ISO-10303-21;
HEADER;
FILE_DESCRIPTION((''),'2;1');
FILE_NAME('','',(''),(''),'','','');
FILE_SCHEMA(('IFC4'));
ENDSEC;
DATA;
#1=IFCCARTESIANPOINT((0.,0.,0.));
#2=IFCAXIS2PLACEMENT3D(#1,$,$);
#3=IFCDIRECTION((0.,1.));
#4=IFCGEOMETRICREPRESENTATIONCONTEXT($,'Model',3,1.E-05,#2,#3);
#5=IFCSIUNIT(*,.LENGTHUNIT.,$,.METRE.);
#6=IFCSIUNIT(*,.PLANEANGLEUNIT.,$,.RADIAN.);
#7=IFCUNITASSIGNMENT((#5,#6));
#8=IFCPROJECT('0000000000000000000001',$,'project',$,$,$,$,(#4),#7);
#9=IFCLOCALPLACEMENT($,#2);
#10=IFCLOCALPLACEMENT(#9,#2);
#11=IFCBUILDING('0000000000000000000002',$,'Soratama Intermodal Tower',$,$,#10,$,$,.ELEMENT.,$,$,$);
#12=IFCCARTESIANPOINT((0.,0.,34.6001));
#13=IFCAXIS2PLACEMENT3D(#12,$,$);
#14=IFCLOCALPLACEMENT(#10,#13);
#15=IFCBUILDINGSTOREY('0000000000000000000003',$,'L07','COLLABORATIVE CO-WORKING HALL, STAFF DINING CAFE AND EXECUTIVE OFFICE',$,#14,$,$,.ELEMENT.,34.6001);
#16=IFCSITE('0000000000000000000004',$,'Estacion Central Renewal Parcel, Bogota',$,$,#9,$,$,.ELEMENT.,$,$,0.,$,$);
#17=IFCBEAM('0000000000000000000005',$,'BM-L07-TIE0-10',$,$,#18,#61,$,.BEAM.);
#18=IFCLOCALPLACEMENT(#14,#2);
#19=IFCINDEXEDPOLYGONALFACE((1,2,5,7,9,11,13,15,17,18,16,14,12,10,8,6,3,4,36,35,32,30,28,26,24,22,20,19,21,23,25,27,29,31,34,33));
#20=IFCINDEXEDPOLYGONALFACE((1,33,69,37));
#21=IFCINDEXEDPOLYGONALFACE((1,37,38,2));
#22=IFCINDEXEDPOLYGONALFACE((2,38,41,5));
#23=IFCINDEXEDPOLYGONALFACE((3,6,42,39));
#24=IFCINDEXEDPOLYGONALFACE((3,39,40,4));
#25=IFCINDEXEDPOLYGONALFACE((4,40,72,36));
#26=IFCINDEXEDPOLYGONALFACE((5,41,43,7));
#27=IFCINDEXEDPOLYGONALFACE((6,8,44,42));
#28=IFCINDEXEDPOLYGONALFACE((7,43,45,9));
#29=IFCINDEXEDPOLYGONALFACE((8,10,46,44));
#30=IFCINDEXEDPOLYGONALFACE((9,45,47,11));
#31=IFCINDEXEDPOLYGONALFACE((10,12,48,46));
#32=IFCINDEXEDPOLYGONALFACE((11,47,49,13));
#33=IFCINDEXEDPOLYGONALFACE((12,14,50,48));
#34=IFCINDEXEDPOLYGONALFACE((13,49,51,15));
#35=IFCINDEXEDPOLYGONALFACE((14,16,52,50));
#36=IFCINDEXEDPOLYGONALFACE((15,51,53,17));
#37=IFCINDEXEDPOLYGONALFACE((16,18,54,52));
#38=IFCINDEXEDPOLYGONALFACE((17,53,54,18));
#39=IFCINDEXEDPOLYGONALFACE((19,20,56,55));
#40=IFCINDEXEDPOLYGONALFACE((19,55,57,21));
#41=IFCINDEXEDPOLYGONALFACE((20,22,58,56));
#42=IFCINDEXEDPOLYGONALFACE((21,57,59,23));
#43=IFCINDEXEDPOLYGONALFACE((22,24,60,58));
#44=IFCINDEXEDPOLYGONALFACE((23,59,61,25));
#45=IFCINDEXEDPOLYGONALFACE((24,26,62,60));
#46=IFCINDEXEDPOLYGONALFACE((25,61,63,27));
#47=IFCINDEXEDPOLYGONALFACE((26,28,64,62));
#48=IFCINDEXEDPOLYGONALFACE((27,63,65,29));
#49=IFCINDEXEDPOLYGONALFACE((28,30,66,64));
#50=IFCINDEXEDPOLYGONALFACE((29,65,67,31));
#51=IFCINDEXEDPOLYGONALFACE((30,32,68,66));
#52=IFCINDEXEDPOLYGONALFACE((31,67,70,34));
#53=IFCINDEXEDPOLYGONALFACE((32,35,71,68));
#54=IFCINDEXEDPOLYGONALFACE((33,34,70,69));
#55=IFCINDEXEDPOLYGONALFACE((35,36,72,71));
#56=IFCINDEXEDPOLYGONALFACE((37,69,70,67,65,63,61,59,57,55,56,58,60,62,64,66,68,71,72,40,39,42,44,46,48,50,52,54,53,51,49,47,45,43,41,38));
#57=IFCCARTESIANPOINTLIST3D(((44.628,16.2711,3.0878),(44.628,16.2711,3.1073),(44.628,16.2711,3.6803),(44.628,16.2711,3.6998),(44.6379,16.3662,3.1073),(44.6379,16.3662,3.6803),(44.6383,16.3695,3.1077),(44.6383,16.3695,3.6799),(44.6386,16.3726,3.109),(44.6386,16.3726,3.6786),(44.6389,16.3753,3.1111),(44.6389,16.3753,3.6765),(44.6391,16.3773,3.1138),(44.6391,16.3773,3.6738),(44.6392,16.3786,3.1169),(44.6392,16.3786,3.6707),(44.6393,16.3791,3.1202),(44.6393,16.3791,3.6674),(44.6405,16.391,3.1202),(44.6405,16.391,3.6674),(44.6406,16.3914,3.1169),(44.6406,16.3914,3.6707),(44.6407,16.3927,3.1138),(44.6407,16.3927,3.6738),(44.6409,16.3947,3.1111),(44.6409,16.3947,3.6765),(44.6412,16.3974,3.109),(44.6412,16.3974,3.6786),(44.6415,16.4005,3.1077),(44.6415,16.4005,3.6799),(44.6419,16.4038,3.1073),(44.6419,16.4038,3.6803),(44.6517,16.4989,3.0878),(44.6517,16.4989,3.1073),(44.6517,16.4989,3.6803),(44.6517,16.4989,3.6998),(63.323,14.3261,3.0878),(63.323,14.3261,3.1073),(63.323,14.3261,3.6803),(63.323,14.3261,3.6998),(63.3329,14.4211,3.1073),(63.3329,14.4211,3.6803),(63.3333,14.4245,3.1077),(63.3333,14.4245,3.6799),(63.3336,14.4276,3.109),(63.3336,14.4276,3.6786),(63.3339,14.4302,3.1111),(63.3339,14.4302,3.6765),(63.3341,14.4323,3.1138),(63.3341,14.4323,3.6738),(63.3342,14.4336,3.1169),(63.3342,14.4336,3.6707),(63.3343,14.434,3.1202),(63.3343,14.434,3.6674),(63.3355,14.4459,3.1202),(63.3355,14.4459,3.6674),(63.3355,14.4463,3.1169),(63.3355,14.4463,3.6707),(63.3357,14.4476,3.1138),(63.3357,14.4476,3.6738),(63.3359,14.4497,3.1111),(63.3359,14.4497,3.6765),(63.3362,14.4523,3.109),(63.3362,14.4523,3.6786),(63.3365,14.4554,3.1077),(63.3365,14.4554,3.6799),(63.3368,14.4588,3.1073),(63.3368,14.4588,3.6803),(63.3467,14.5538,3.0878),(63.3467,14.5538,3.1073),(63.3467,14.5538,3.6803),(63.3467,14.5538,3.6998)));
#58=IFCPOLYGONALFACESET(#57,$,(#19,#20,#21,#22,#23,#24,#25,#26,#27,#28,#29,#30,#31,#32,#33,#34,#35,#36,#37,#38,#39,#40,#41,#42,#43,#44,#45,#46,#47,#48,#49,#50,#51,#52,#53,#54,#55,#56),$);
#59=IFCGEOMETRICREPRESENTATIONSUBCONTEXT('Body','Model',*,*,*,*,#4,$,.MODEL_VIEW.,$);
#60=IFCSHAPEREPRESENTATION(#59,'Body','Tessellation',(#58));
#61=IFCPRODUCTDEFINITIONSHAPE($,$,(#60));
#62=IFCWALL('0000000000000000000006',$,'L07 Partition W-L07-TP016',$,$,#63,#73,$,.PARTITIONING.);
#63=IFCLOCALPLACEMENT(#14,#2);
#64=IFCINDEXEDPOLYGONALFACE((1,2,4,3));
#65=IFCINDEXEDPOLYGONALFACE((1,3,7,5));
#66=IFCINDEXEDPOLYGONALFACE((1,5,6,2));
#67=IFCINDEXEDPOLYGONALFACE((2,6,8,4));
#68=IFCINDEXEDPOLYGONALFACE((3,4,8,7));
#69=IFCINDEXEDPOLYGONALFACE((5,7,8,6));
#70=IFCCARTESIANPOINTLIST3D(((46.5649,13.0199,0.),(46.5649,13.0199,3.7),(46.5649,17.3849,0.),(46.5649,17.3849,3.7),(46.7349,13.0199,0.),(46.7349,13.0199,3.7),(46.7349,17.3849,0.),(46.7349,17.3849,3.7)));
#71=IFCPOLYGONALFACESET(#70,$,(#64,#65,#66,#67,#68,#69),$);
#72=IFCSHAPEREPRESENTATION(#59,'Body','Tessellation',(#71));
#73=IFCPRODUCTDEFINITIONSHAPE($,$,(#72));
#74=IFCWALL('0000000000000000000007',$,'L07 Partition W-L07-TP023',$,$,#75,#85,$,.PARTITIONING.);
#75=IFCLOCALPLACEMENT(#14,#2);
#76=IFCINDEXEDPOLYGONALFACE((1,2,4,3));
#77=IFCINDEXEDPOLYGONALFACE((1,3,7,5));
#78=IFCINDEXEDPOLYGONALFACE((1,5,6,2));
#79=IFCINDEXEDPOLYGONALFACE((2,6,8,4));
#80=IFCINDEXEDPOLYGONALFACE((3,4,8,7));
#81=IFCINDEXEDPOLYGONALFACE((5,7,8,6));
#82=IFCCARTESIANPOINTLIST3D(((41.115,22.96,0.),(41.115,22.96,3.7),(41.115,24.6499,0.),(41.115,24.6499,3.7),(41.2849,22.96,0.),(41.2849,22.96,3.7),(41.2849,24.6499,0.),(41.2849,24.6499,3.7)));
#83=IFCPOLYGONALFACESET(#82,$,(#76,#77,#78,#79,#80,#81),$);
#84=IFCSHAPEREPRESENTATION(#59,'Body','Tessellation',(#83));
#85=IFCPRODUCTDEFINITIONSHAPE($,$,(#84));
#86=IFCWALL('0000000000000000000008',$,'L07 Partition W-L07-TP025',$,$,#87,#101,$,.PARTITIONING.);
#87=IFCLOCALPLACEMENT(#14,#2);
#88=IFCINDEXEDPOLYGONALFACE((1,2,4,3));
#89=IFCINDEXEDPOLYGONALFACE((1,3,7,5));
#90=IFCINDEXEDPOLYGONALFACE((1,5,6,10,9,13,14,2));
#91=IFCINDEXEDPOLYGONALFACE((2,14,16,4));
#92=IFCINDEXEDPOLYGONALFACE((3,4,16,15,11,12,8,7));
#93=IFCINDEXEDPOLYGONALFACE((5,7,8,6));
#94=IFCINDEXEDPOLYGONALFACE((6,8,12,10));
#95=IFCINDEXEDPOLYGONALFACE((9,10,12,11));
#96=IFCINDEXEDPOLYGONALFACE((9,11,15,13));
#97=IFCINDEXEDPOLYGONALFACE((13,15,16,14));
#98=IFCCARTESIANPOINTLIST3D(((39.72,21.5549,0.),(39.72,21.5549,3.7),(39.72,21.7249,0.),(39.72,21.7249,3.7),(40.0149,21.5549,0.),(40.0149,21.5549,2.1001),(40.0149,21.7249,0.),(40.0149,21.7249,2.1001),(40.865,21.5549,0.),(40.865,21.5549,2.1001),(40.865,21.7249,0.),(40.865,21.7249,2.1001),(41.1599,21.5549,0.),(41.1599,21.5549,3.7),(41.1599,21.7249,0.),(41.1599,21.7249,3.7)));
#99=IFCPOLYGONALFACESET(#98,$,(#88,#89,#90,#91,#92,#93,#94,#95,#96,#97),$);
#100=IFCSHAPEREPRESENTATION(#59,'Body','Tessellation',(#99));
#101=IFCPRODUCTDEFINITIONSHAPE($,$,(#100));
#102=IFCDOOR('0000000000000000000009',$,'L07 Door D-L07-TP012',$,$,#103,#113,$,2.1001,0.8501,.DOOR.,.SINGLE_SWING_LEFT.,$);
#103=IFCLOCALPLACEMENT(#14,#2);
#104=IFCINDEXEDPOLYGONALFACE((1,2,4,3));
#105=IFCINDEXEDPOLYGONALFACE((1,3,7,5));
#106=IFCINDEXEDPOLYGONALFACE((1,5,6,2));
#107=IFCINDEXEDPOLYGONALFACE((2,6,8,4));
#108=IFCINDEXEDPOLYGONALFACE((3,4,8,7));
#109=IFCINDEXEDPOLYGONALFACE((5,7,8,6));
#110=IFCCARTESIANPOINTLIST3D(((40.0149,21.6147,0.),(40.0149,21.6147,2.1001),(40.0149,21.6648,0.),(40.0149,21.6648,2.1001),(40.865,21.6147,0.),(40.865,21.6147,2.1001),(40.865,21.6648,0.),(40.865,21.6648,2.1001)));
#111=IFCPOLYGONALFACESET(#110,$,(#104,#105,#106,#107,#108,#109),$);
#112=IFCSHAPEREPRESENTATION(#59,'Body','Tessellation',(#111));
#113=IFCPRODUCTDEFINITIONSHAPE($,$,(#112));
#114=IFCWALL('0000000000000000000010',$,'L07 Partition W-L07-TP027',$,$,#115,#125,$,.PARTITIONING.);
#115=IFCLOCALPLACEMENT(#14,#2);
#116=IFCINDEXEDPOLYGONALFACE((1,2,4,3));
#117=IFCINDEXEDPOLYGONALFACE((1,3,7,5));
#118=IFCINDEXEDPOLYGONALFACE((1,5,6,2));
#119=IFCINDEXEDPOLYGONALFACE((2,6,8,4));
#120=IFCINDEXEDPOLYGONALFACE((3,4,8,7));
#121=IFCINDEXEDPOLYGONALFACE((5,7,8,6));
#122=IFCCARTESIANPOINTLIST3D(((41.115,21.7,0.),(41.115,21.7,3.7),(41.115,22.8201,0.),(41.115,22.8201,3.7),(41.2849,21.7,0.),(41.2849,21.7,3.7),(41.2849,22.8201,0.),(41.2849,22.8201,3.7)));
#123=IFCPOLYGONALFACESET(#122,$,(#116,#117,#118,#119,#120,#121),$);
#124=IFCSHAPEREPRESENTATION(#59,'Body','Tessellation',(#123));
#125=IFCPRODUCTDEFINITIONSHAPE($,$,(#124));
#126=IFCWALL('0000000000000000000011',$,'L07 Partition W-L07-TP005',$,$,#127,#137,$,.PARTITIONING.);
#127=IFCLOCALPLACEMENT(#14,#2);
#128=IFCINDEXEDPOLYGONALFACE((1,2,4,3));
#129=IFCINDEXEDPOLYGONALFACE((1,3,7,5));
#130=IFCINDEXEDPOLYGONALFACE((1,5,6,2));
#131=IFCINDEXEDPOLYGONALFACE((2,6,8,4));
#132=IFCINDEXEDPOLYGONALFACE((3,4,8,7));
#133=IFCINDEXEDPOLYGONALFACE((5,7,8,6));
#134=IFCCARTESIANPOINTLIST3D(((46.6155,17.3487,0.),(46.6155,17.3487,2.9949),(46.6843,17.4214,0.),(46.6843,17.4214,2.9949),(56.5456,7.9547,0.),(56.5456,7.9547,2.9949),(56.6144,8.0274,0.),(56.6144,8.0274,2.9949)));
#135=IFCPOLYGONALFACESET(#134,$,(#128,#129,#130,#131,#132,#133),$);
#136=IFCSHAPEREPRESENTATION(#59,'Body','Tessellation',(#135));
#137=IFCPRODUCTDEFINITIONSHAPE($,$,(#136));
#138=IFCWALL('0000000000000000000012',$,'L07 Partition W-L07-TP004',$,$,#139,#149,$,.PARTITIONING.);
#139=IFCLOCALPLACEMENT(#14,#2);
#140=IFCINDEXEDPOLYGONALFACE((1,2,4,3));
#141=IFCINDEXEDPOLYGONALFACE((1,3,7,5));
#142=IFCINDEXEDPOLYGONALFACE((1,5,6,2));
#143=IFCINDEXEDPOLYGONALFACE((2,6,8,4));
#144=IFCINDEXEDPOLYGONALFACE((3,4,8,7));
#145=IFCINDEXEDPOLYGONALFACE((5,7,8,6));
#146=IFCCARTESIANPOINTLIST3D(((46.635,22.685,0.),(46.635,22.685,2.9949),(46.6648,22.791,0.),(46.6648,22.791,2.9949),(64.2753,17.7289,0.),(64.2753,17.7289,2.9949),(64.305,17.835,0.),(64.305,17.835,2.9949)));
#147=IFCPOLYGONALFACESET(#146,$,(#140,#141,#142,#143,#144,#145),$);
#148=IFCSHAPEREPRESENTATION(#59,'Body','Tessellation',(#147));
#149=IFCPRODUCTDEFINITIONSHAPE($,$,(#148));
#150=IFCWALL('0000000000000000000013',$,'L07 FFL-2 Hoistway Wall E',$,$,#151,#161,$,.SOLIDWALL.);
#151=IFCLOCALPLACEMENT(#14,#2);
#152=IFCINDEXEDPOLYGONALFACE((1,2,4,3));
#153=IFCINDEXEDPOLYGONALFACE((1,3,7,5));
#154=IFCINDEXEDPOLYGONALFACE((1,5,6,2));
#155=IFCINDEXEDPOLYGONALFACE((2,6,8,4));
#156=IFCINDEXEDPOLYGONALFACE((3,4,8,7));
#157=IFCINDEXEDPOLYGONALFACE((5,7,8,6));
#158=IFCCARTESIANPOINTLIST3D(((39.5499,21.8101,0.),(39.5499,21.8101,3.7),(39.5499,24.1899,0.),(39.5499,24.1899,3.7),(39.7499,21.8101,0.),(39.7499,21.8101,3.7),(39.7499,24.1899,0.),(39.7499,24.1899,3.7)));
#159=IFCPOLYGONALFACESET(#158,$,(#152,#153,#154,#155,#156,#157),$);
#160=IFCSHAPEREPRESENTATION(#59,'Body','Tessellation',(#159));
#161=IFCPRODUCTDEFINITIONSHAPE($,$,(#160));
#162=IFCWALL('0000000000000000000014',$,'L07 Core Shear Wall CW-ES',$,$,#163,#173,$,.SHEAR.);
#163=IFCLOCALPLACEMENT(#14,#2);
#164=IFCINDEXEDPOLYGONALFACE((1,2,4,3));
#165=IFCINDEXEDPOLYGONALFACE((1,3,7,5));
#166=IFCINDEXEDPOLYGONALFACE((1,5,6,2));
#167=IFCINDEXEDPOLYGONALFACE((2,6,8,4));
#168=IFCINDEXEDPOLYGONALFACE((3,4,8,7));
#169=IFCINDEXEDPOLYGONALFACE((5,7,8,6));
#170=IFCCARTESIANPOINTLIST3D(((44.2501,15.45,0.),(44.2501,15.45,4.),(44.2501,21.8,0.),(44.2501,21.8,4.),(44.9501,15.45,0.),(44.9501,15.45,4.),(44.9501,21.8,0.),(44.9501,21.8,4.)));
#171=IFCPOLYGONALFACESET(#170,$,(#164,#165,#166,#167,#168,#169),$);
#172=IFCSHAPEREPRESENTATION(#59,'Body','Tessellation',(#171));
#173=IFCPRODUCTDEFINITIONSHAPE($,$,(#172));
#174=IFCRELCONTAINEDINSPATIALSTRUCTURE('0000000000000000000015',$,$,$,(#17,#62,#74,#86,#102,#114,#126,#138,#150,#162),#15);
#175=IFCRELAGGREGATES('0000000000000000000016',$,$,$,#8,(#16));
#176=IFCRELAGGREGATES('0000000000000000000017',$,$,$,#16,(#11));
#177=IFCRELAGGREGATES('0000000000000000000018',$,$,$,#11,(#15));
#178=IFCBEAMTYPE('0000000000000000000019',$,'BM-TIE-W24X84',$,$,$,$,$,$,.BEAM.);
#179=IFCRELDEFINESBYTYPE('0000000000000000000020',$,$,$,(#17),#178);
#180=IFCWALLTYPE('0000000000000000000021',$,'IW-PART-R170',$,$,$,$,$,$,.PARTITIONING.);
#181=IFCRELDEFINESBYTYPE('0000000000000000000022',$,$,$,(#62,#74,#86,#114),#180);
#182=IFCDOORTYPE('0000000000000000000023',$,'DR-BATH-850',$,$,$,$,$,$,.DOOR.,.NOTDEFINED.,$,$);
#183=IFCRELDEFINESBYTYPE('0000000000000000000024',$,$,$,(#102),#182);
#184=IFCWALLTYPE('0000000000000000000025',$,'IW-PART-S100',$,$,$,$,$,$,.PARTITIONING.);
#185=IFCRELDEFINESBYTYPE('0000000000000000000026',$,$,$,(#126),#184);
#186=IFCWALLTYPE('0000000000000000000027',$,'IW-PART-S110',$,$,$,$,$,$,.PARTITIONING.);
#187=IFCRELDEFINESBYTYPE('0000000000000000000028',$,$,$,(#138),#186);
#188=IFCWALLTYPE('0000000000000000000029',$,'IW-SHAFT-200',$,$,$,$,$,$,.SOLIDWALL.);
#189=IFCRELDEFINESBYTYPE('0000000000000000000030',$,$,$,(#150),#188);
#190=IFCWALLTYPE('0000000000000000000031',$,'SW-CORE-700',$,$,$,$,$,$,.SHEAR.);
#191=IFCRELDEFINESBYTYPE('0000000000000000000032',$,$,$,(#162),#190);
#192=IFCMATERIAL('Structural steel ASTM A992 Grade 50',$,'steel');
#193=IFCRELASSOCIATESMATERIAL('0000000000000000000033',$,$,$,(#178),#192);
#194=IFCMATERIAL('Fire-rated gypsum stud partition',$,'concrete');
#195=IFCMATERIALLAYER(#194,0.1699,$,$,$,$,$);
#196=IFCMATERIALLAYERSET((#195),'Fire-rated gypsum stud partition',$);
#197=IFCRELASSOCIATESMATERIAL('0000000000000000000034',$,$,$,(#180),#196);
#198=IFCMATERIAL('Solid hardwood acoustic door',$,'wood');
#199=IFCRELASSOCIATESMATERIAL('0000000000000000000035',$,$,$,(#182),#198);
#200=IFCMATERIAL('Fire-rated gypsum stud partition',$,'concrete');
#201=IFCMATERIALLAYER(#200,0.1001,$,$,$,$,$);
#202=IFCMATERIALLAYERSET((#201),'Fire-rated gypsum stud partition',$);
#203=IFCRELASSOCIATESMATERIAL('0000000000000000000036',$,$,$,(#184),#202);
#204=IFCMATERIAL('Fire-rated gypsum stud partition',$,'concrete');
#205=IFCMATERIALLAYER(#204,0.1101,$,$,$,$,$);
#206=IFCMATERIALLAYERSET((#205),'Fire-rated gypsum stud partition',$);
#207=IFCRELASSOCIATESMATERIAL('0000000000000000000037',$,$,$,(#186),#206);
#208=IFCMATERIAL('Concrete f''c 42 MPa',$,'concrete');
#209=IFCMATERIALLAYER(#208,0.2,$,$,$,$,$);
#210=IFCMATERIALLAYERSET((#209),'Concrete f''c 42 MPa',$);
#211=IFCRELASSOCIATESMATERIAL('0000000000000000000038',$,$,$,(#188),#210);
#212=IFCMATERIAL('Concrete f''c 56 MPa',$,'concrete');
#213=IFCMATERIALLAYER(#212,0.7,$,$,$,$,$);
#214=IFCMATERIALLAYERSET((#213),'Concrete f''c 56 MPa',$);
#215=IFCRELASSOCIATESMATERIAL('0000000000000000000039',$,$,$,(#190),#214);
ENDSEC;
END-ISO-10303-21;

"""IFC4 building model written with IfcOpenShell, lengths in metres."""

from ifc_helpers import new_model, si_unit, direction, frame, frame_2d, origin, origin_2d, place, context, subcontext, project, spatial, rectangle, i_section, extrude, material, layer, layer_set, material_profile, profile_set, type_object, element, fill, save


model = new_model("IFC4")

# Units and contexts
model_context = context("Model", 3, precision=1e-05, world=origin(), true_north=direction((0.0, 1.0)))
body_context = subcontext(model_context, "Body", "Model", "MODEL_VIEW")
ifc_project = project(units=[si_unit("LENGTHUNIT", "METRE"), si_unit("PLANEANGLEUNIT", "RADIAN")], contexts=[model_context])

# Site, building, storey
site_placement = place(None, origin())
site = spatial("IfcSite", under=ifc_project, at=site_placement, Name="Estacion Central Renewal Parcel, Bogota", CompositionType="ELEMENT", RefElevation=0.0)
building_placement = place(site_placement, origin())
building = spatial("IfcBuilding", under=site, at=building_placement, Name="Soratama Intermodal Tower", CompositionType="ELEMENT")
storey_placement = place(building_placement, frame((0.0, 0.0, 34.6001)))
storey = spatial("IfcBuildingStorey", under=building, at=storey_placement, Name="L07", Description="COLLABORATIVE CO-WORKING HALL, STAFF DINING CAFE AND EXECUTIVE OFFICE", CompositionType="ELEMENT", Elevation=34.6001)

# Beam
ifc_material_1 = material(Name="Structural steel ASTM A992 Grade 50", Category="steel")
ifc_material_profile_1 = material_profile(ifc_material_1, i_section(OverallWidth=0.229, OverallDepth=0.6121, WebThickness=0.012, FlangeThickness=0.0195, FilletRadius=0.0129, at=origin_2d()), Name="W24X84")
ifc_profile_set_1 = profile_set([ifc_material_profile_1], Name="Structural steel ASTM A992 Grade 50")
beam_type_1 = type_object("IfcBeamType", Name="BM-TIE-W24X84", PredefinedType="BEAM", material=ifc_profile_set_1)
beam_1_placement = place(storey_placement, frame((44.6399, 16.385, 3.3938), z_axis=(0.994631, -0.103483, 0.0), x_axis=(0.103483, 0.994631, 0.0)))
element("IfcBeam", 1, at=beam_1_placement, inside=storey, type_object=beam_type_1, Name="BM-L07-TIE0-10", PredefinedType="BEAM", context=body_context, shape_type="SweptSolid", body=[
    extrude(i_section(OverallWidth=0.229, OverallDepth=0.6121, WebThickness=0.012, FlangeThickness=0.0195, FilletRadius=0.0129, at=origin_2d()), origin(), (0.0, 0.0, 1.0), 18.7959),
])

# Wall
ifc_material_2 = material(Name="Fire-rated gypsum stud partition", Category="concrete")
ifc_layer_1 = layer(ifc_material_2, 0.1699)
ifc_layer_set_1 = layer_set([ifc_layer_1], Name="Fire-rated gypsum stud partition")
wall_type_1 = type_object("IfcWallType", Name="IW-PART-R170", PredefinedType="PARTITIONING", material=ifc_layer_set_1)
wall_1_placement = place(storey_placement, frame((46.6499, 17.385, 0.0), z_axis=(0.0, 0.0, 1.0), x_axis=(0.0, -1.0, 0.0)))
element("IfcWall", 2, at=wall_1_placement, inside=storey, type_object=wall_type_1, Name="L07 Partition W-L07-TP016", PredefinedType="PARTITIONING", context=body_context, shape_type="SweptSolid", body=[
    extrude(rectangle(XDim=4.365, YDim=0.1699, at=frame_2d((2.1826, 0.0))), origin(), (0.0, 0.0, 1.0), 3.7),
])

# Wall
wall_2_placement = place(storey_placement, frame((41.2, 22.96, 0.0), z_axis=(0.0, 0.0, 1.0), x_axis=(0.0, 1.0, 0.0)))
element("IfcWall", 3, at=wall_2_placement, inside=storey, type_object=wall_type_1, Name="L07 Partition W-L07-TP023", PredefinedType="PARTITIONING", context=body_context, shape_type="SweptSolid", body=[
    extrude(rectangle(XDim=1.6899, YDim=0.1699, at=frame_2d((0.845, 0.0))), origin(), (0.0, 0.0, 1.0), 3.7),
])

# Wall, opening, door
wall_3_placement = place(storey_placement, frame((39.72, 21.6399, 0.0), z_axis=(0.0, 0.0, 1.0), x_axis=(1.0, 0.0, 0.0)))
wall_3 = element("IfcWall", 4, at=wall_3_placement, inside=storey, type_object=wall_type_1, Name="L07 Partition W-L07-TP025", PredefinedType="PARTITIONING", context=body_context, shape_type="SweptSolid", body=[
    extrude(rectangle(XDim=1.4399, YDim=0.1699, at=frame_2d((0.72, 0.0))), origin(), (0.0, 0.0, 1.0), 3.7),
])
opening_1_placement = place(wall_3_placement, frame((0.2949, 0.0, 0.0)))
opening_1 = element("IfcOpeningElement", 5, at=opening_1_placement, cuts=wall_3, PredefinedType="OPENING", context=body_context, shape_type="SweptSolid", body=[
    extrude(rectangle(XDim=0.8501, YDim=2.1001, at=frame_2d((0.425, 1.05))), frame((0.0, 0.095, 0.0), z_axis=(0.0, -1.0, 0.0), x_axis=(1.0, 0.0, 0.0)), (0.0, 0.0, 1.0), 0.1899),
])
ifc_material_3 = material(Name="Solid hardwood acoustic door", Category="wood")
door_type_1 = type_object("IfcDoorType", Name="DR-BATH-850", OperationType="NOTDEFINED", PredefinedType="DOOR", material=ifc_material_3)
door_1_placement = place(opening_1_placement, origin())
door_1 = element("IfcDoor", 6, at=door_1_placement, inside=storey, type_object=door_type_1, Name="L07 Door D-L07-TP012", OperationType="SINGLE_SWING_LEFT", OverallHeight=2.1001, OverallWidth=0.8501, PredefinedType="DOOR", context=body_context, shape_type="SweptSolid", body=[
    extrude(rectangle(XDim=0.8501, YDim=2.1001, at=frame_2d((0.425, 1.05))), frame((0.0, 0.0249, 0.0), z_axis=(0.0, -1.0, 0.0), x_axis=(1.0, 0.0, 0.0)), (0.0, 0.0, 1.0), 0.05),
])
fill(opening_1, door_1)

# Walls
wall_4_placement = place(storey_placement, frame((41.2, 21.7, 0.0), z_axis=(0.0, 0.0, 1.0), x_axis=(0.0, 1.0, 0.0)))
element("IfcWall", 7, at=wall_4_placement, inside=storey, type_object=wall_type_1, Name="L07 Partition W-L07-TP027", PredefinedType="PARTITIONING", context=body_context, shape_type="SweptSolid", body=[
    extrude(rectangle(XDim=1.1201, YDim=0.1699, at=frame_2d((0.5601, 0.0))), origin(), (0.0, 0.0, 1.0), 3.7),
])
ifc_material_4 = material(Name="Fire-rated gypsum stud partition", Category="concrete")
ifc_layer_2 = layer(ifc_material_4, 0.1001)
ifc_layer_set_2 = layer_set([ifc_layer_2], Name="Fire-rated gypsum stud partition")
wall_type_2 = type_object("IfcWallType", Name="IW-PART-S100", PredefinedType="PARTITIONING", material=ifc_layer_set_2)
wall_5_placement = place(storey_placement, frame((46.6499, 17.385, 0.0), z_axis=(0.0, 0.0, 1.0), x_axis=(0.726445, -0.687224, 0.0)))
element("IfcWall", 8, at=wall_5_placement, inside=storey, type_object=wall_type_2, Name="L07 Partition W-L07-TP005", PredefinedType="PARTITIONING", context=body_context, shape_type="SweptSolid", body=[
    extrude(rectangle(XDim=13.6694, YDim=0.1001, at=frame_2d((6.8347, 0.0))), origin(), (0.0, 0.0, 1.0), 2.9949),
])
ifc_material_5 = material(Name="Fire-rated gypsum stud partition", Category="concrete")
ifc_layer_3 = layer(ifc_material_5, 0.1101)
ifc_layer_set_3 = layer_set([ifc_layer_3], Name="Fire-rated gypsum stud partition")
wall_type_3 = type_object("IfcWallType", Name="IW-PART-S110", PredefinedType="PARTITIONING", material=ifc_layer_set_3)
wall_6_placement = place(storey_placement, frame((46.6499, 22.738, 0.0), z_axis=(0.0, 0.0, 1.0), x_axis=(0.962725, -0.270481, 0.0)))
element("IfcWall", 9, at=wall_6_placement, inside=storey, type_object=wall_type_3, Name="L07 Partition W-L07-TP004", PredefinedType="PARTITIONING", context=body_context, shape_type="SweptSolid", body=[
    extrude(rectangle(XDim=18.3232, YDim=0.1101, at=frame_2d((9.1616, 0.0))), origin(), (0.0, 0.0, 1.0), 2.9949),
])
ifc_material_6 = material(Name="Concrete f'c 42 MPa", Category="concrete")
ifc_layer_4 = layer(ifc_material_6, 0.2)
ifc_layer_set_4 = layer_set([ifc_layer_4], Name="Concrete f'c 42 MPa")
wall_type_4 = type_object("IfcWallType", Name="IW-SHAFT-200", PredefinedType="SOLIDWALL", material=ifc_layer_set_4)
wall_7_placement = place(storey_placement, frame((39.6499, 21.8101, 0.0), z_axis=(0.0, 0.0, 1.0), x_axis=(0.0, 1.0, 0.0)))
element("IfcWall", 10, at=wall_7_placement, inside=storey, type_object=wall_type_4, Name="L07 FFL-2 Hoistway Wall E", PredefinedType="SOLIDWALL", context=body_context, shape_type="SweptSolid", body=[
    extrude(rectangle(XDim=2.3799, YDim=0.2, at=frame_2d((1.1899, 0.0))), origin(), (0.0, 0.0, 1.0), 3.7),
])
ifc_material_7 = material(Name="Concrete f'c 56 MPa", Category="concrete")
ifc_layer_5 = layer(ifc_material_7, 0.7)
ifc_layer_set_5 = layer_set([ifc_layer_5], Name="Concrete f'c 56 MPa")
wall_type_5 = type_object("IfcWallType", Name="SW-CORE-700", PredefinedType="SHEAR", material=ifc_layer_set_5)
wall_8_placement = place(storey_placement, frame((44.6001, 15.45, 0.0), z_axis=(0.0, 0.0, 1.0), x_axis=(0.0, 1.0, 0.0)))
element("IfcWall", 11, at=wall_8_placement, inside=storey, type_object=wall_type_5, Name="L07 Core Shear Wall CW-ES", PredefinedType="SHEAR", context=body_context, shape_type="SweptSolid", body=[
    extrude(rectangle(XDim=6.3501, YDim=0.7, at=frame_2d((3.175, 0.0))), origin(), (0.0, 0.0, 1.0), 4.0),
])

save(model, "model.ifc")
